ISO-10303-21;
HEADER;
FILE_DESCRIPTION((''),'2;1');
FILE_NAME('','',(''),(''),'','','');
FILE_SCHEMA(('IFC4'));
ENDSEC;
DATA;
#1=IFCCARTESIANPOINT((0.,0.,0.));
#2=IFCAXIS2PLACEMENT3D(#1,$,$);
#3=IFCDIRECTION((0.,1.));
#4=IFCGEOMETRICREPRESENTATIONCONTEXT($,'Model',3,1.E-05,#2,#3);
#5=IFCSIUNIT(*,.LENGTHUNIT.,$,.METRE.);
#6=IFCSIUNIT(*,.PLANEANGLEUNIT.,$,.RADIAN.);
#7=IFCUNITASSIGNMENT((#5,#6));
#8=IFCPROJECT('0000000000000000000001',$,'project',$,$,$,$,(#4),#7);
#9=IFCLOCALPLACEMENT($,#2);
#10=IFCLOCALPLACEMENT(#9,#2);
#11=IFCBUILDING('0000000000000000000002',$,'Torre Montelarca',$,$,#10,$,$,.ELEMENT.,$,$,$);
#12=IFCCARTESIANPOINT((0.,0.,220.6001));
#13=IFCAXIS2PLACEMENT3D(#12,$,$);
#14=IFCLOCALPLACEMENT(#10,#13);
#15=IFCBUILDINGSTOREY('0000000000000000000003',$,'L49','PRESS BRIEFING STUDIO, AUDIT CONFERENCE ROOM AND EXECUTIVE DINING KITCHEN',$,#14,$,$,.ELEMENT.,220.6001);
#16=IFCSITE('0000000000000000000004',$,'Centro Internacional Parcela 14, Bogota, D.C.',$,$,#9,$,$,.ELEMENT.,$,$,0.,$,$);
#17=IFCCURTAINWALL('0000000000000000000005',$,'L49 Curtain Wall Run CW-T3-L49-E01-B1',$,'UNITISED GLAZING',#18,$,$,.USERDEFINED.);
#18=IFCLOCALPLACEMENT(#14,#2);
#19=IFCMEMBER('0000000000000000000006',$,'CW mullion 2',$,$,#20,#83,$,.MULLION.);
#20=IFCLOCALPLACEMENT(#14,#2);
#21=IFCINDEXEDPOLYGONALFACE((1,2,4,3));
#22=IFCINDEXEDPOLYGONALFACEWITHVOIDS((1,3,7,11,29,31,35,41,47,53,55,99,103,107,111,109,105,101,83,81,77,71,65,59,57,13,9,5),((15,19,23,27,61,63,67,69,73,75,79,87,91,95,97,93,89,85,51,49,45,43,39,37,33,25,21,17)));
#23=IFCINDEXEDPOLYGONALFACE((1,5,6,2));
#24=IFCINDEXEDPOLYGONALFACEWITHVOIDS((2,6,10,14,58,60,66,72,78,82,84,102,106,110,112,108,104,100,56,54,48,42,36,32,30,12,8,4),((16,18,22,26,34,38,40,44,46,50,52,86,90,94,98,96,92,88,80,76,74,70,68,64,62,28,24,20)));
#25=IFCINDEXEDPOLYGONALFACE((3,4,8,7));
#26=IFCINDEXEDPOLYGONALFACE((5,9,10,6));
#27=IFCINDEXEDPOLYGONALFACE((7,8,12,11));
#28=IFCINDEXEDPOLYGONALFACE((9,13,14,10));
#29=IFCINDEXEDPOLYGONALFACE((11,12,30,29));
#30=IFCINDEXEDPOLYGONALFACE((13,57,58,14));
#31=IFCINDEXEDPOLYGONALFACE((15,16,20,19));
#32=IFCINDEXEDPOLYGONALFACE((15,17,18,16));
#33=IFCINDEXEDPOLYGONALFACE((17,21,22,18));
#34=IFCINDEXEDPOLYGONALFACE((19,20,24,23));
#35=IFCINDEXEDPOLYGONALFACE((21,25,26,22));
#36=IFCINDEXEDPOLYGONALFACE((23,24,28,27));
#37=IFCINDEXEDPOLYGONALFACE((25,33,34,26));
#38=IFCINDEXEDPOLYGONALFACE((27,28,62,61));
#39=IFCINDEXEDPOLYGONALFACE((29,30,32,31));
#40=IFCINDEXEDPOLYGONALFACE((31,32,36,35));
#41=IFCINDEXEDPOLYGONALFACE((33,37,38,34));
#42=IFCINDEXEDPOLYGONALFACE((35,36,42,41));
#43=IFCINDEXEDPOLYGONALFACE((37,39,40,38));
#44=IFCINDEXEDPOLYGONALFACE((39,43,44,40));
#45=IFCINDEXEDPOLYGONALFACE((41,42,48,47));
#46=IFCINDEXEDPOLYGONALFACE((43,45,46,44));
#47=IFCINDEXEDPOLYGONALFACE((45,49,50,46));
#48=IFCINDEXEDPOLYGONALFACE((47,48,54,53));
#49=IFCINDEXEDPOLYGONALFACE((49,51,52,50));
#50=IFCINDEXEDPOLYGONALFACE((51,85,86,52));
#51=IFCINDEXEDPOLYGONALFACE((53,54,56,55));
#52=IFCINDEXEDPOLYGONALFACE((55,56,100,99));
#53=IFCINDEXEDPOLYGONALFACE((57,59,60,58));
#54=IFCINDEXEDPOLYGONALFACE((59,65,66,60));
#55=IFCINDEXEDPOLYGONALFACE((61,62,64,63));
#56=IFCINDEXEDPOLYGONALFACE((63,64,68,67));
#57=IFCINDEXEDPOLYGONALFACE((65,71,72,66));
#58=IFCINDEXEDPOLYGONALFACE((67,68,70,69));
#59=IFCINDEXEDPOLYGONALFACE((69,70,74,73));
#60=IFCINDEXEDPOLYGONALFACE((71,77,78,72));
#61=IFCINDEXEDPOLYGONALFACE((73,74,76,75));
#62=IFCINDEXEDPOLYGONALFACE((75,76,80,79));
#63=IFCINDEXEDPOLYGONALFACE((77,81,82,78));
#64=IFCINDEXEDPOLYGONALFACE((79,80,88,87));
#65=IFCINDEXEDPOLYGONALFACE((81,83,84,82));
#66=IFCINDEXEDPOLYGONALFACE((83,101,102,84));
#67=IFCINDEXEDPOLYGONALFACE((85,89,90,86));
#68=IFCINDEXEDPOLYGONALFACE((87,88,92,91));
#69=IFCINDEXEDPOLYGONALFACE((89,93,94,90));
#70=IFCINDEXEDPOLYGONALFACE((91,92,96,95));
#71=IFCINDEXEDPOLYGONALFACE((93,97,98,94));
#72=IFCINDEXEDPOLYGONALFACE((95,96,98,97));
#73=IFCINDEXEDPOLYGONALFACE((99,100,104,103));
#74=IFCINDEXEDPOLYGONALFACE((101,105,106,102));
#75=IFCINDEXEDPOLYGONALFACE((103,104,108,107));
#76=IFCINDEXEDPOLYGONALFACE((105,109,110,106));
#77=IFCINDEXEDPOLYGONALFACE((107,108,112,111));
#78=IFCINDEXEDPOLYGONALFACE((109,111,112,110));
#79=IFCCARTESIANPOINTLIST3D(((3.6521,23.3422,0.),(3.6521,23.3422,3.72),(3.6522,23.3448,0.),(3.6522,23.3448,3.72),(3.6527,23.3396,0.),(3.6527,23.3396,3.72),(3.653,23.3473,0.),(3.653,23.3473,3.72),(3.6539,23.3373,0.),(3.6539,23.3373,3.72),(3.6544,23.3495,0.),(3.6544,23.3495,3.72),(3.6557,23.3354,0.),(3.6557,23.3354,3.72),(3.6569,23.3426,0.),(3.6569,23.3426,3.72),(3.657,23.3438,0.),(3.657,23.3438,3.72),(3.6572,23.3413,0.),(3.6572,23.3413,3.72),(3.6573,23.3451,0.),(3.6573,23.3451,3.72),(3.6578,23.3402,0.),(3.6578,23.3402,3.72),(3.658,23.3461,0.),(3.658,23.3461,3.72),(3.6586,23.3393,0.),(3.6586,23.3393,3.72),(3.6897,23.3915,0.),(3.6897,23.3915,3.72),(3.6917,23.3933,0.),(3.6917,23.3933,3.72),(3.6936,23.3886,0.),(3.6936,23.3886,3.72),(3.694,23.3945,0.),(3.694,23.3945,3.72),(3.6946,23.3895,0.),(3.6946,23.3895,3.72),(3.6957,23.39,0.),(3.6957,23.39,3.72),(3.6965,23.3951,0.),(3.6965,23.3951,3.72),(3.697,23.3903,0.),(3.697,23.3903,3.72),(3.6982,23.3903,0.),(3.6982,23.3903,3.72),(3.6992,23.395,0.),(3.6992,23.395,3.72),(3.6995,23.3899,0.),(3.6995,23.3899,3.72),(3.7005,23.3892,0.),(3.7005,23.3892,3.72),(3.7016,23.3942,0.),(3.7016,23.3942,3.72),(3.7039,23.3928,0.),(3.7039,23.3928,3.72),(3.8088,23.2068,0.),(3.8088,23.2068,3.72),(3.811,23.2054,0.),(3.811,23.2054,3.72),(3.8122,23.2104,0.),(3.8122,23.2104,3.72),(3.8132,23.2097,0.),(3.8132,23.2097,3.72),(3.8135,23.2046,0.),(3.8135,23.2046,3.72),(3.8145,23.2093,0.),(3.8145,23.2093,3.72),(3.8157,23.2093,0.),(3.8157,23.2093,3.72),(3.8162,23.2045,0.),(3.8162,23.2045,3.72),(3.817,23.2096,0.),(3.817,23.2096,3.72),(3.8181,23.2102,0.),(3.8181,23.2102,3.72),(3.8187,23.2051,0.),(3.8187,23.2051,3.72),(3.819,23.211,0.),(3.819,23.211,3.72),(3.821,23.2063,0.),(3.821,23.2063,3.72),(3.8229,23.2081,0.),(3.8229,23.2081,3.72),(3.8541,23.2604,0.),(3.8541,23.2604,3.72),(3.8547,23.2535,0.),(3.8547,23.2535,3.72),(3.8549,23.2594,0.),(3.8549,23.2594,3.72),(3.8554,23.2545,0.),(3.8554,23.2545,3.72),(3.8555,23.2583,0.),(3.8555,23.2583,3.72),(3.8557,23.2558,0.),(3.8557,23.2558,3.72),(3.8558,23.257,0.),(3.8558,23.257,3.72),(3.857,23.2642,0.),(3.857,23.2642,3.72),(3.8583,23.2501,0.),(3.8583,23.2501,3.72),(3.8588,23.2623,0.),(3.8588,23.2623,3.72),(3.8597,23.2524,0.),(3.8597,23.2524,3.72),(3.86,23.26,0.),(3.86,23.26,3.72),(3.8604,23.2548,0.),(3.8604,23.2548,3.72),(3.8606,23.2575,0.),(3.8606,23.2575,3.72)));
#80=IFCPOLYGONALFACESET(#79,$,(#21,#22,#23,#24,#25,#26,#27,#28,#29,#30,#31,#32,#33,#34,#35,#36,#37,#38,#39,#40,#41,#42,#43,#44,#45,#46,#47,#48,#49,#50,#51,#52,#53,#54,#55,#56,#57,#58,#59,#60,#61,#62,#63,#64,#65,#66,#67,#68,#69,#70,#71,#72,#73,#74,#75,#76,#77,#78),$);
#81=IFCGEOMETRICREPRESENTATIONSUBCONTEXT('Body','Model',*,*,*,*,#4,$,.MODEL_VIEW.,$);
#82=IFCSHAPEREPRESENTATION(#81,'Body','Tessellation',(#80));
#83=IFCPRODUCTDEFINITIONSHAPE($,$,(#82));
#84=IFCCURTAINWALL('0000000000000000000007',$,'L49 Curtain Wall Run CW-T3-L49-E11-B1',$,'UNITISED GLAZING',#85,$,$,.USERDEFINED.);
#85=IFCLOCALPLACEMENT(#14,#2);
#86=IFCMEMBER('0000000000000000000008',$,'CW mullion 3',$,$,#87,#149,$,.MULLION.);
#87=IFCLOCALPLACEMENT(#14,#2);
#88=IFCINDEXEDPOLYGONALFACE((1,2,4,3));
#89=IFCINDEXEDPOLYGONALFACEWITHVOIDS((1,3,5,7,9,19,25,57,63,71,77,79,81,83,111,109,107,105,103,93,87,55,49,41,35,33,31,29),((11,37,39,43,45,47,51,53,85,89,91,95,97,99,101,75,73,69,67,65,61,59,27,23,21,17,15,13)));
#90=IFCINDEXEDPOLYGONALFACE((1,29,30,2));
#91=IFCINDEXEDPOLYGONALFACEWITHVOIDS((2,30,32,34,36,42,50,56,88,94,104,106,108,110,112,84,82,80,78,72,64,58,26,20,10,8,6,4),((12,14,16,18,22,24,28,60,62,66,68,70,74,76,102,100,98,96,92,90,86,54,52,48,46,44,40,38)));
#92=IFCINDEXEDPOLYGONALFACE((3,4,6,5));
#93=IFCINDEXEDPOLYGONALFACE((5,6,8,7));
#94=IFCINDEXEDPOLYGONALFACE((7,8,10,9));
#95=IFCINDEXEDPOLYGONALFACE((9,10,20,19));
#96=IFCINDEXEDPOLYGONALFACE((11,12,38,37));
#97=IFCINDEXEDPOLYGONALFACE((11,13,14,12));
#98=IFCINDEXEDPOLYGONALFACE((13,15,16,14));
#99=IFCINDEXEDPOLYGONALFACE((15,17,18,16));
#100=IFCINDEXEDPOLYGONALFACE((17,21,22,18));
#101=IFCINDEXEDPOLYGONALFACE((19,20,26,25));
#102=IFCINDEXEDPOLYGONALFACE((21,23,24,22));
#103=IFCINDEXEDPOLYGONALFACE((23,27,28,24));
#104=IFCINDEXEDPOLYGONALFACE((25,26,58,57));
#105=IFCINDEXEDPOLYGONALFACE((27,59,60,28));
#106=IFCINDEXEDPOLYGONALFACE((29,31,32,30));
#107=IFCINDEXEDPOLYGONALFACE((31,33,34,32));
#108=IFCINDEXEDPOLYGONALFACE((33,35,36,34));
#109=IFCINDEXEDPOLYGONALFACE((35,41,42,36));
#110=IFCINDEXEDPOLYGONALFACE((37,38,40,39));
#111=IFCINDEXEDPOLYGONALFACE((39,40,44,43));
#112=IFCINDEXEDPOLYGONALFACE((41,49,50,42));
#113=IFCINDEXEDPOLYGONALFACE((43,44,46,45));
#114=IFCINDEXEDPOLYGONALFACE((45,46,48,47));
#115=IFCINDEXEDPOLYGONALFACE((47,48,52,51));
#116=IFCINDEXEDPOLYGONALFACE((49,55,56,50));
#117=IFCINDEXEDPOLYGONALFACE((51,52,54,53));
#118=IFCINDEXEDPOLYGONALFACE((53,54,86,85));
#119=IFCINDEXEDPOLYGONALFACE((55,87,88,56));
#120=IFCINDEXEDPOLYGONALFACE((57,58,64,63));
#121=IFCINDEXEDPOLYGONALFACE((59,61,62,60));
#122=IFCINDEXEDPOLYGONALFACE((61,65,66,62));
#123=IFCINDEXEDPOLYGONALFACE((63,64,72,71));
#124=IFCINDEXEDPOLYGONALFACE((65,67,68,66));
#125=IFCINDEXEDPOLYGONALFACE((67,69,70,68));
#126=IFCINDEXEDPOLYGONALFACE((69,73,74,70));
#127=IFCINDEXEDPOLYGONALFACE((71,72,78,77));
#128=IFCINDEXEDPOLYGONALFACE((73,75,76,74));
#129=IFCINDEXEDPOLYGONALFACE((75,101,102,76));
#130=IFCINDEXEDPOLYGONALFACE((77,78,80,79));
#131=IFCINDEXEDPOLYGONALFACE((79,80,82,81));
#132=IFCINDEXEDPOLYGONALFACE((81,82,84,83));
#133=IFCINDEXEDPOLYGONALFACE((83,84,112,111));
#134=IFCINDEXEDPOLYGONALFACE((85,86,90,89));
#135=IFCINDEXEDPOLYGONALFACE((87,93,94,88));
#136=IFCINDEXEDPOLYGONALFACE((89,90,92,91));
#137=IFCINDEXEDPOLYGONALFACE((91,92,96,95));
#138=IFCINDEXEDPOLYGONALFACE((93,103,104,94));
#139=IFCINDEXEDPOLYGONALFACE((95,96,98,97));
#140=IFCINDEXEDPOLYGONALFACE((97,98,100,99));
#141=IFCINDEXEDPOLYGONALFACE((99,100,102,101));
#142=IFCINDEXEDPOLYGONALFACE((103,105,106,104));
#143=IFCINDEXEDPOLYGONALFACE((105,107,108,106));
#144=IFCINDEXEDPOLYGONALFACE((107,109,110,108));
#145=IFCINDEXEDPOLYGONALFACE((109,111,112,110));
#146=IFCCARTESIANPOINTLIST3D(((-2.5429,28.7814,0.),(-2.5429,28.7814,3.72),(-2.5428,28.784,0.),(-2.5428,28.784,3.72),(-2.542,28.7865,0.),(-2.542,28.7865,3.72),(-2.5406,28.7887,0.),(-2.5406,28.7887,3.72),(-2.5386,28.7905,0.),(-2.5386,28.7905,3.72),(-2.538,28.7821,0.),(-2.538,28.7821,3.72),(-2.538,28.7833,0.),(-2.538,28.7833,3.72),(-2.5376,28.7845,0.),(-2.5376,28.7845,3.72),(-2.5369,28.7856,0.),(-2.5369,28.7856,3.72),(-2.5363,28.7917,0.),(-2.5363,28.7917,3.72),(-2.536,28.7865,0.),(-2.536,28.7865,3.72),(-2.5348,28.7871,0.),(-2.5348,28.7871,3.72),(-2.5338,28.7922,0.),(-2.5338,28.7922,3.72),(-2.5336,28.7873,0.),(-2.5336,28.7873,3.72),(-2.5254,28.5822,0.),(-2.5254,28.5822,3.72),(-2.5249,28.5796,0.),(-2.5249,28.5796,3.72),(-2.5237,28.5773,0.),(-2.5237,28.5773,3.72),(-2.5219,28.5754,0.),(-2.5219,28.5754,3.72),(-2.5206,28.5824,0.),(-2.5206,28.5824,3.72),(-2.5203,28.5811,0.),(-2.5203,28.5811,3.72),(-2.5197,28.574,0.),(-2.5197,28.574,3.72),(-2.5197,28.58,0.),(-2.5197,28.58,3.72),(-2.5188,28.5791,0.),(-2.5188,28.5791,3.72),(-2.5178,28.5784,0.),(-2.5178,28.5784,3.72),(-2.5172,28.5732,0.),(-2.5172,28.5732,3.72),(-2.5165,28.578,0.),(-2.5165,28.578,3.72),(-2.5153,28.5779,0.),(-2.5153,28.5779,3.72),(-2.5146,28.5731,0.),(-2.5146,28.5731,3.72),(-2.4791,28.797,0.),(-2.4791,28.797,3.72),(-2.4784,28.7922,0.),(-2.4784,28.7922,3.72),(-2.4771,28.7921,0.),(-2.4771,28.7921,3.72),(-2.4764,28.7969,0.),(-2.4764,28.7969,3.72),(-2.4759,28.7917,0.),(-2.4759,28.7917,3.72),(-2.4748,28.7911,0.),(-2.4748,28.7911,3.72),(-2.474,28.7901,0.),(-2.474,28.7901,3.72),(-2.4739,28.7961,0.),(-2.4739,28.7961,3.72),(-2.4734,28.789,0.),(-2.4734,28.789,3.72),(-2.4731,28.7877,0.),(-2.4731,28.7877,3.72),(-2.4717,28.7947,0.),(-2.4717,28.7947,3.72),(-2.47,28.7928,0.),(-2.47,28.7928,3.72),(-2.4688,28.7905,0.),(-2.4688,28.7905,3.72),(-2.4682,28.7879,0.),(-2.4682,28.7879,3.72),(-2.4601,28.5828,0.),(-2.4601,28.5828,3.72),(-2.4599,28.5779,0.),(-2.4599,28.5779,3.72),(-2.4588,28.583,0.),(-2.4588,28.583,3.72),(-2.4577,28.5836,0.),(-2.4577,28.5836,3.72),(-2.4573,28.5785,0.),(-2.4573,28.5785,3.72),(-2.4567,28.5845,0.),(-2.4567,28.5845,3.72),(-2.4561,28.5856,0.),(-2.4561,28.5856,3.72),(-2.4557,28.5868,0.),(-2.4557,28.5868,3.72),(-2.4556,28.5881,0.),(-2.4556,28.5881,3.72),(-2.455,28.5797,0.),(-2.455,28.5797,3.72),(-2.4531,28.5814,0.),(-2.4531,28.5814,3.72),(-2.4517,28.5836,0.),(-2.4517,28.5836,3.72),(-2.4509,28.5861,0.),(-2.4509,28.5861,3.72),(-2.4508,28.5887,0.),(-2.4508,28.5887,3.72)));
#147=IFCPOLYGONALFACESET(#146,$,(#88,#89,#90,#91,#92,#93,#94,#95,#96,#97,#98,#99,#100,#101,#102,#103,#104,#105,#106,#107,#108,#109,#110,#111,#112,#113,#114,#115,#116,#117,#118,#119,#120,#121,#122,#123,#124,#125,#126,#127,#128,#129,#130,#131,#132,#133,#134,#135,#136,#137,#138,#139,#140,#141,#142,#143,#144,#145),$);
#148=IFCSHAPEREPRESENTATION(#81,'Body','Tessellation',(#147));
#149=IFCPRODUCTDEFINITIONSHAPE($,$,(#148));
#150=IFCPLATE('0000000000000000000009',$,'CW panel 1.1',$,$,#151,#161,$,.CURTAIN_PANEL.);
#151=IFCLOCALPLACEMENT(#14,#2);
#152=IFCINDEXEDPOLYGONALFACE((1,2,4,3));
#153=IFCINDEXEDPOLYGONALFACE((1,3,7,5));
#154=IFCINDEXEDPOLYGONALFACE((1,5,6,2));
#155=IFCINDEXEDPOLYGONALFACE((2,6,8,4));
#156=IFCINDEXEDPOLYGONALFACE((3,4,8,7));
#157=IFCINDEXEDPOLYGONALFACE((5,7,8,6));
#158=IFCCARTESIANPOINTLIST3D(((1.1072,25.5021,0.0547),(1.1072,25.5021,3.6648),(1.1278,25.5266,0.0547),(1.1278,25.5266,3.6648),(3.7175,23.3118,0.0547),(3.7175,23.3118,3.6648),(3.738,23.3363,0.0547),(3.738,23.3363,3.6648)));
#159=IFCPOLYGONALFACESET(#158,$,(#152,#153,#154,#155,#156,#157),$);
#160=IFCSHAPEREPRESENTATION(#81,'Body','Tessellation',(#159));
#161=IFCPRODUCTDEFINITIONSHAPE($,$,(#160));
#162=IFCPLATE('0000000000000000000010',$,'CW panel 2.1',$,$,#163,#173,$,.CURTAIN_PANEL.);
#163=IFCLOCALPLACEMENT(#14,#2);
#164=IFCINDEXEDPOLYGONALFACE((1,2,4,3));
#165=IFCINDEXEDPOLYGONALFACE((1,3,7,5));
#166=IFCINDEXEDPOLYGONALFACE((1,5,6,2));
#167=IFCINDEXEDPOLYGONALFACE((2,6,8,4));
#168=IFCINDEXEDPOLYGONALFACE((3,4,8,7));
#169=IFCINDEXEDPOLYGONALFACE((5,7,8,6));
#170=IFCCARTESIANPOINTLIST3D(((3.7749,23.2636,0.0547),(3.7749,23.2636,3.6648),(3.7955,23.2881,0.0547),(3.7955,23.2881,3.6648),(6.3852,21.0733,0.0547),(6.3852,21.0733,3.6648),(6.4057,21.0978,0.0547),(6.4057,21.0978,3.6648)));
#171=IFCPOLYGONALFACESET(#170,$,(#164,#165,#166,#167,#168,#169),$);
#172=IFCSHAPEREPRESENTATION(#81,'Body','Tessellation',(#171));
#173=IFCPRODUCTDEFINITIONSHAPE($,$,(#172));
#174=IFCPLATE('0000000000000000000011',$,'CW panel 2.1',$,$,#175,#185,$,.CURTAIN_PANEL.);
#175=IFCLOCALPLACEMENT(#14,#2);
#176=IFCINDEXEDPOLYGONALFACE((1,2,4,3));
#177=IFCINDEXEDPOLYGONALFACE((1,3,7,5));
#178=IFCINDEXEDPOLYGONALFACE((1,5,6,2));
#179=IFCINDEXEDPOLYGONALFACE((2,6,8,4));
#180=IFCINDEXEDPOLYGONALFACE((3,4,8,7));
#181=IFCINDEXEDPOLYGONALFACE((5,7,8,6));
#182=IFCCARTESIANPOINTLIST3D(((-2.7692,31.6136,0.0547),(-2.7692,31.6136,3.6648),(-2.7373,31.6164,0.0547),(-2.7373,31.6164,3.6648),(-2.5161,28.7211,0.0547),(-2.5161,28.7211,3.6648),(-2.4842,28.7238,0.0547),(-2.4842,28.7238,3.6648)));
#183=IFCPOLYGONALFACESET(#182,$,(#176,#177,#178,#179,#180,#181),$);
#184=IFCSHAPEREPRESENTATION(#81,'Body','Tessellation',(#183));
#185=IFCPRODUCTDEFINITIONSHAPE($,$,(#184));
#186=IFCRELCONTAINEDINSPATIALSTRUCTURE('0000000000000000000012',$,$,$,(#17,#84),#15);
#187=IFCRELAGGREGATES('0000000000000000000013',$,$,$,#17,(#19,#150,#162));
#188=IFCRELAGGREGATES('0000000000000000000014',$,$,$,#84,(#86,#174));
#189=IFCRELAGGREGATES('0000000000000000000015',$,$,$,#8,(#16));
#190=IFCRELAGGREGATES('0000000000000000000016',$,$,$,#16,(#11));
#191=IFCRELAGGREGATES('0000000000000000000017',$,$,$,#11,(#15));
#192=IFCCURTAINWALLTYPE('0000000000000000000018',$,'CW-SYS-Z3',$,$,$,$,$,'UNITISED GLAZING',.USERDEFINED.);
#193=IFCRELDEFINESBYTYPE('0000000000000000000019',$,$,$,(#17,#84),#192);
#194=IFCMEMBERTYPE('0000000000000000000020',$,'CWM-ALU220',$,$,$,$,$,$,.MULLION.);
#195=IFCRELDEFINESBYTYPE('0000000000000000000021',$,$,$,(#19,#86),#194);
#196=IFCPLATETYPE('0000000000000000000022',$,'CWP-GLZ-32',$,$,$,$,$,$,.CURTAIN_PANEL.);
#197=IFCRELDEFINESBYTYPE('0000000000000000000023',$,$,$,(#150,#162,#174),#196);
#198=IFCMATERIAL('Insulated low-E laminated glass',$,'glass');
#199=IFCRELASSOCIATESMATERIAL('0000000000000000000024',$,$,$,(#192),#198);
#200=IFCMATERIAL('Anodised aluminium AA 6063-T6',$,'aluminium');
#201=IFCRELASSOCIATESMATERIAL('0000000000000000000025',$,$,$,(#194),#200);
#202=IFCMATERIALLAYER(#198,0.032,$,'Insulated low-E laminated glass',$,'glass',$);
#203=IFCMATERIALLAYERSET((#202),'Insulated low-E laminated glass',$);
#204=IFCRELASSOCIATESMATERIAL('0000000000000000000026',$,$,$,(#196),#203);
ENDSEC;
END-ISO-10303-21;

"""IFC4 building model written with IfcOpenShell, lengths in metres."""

from ifc_helpers import new_model, si_unit, direction, frame, origin, origin_2d, place, context, subcontext, project, spatial, rectangle, hollow_rectangle, extrude, source, transform, mapped, material, layer, layer_set, material_profile, profile_set, type_object, element, aggregate, save


model = new_model("IFC4")

# Units and contexts
model_context = context("Model", 3, precision=1e-05, world=origin(), true_north=direction((0.0, 1.0)))
body_context = subcontext(model_context, "Body", "Model", "MODEL_VIEW")
ifc_project = project(units=[si_unit("LENGTHUNIT", "METRE"), si_unit("PLANEANGLEUNIT", "RADIAN")], contexts=[model_context])

# Site, building, storey
site_placement = place(None, origin())
site = spatial("IfcSite", under=ifc_project, at=site_placement, Name="Centro Internacional Parcela 14, Bogota, D.C.", CompositionType="ELEMENT", RefElevation=0.0)
building_placement = place(site_placement, origin())
building = spatial("IfcBuilding", under=site, at=building_placement, Name="Torre Montelarca", CompositionType="ELEMENT")
storey_placement = place(building_placement, frame((0.0, 0.0, 220.6001)))
storey = spatial("IfcBuildingStorey", under=building, at=storey_placement, Name="L49", Description="PRESS BRIEFING STUDIO, AUDIT CONFERENCE ROOM AND EXECUTIVE DINING KITCHEN", CompositionType="ELEMENT", Elevation=220.6001)

# Curtain wall, member
ifc_material_1 = material(Name="Insulated low-E laminated glass", Category="glass")
curtain_wall_type = type_object("IfcCurtainWallType", Name="CW-SYS-Z3", ElementType="UNITISED GLAZING", PredefinedType="USERDEFINED", material=ifc_material_1)
curtain_wall_1_placement = place(storey_placement, origin())
curtain_wall_1 = element("IfcCurtainWall", 1, at=curtain_wall_1_placement, inside=storey, type_object=curtain_wall_type, Name="L49 Curtain Wall Run CW-T3-L49-E01-B1", ObjectType="UNITISED GLAZING", PredefinedType="USERDEFINED")
ifc_material_2 = material(Name="Anodised aluminium AA 6063-T6", Category="aluminium")
ifc_material_profile_1 = material_profile(ifc_material_2, hollow_rectangle(XDim=0.075, YDim=0.22, WallThickness=0.0049, InnerFilletRadius=0.0049, OuterFilletRadius=0.01, at=origin_2d()), Name="ALU75X220X5", Category="aluminium")
ifc_profile_set_1 = profile_set([ifc_material_profile_1], Name="Anodised aluminium AA 6063-T6")
member_type_1 = type_object("IfcMemberType", Name="CWM-ALU220", PredefinedType="MULLION", material=ifc_profile_set_1)
shared_shape_1 = source(origin(), body_context, "Body", "SweptSolid", [
    extrude(hollow_rectangle(XDim=0.075, YDim=0.22, WallThickness=0.0049, InnerFilletRadius=0.0049, OuterFilletRadius=0.01, at=origin_2d()), origin(), (0.0, 0.0, 1.0), 3.72),
])
member_1_placement = place(storey_placement, frame((3.7563, 23.2998, 0.0), z_axis=(0.0, 0.0, 1.0), x_axis=(0.642789, 0.766043, 0.0)))
member_1 = element("IfcMember", 2, at=member_1_placement, type_object=member_type_1, Name="CW mullion 2", PredefinedType="MULLION", context=body_context, shape_type="MappedRepresentation", body=[
    mapped(shared_shape_1, transform((0.0, 0.0, 0.0), scale=1.0)),
])

# Curtain wall, member
curtain_wall_2_placement = place(storey_placement, origin())
curtain_wall_2 = element("IfcCurtainWall", 3, at=curtain_wall_2_placement, inside=storey, type_object=curtain_wall_type, Name="L49 Curtain Wall Run CW-T3-L49-E11-B1", ObjectType="UNITISED GLAZING", PredefinedType="USERDEFINED")
member_2_placement = place(storey_placement, frame((-2.4968, 28.6851, 0.0), z_axis=(0.0, 0.0, 1.0), x_axis=(0.996194, 0.087166, 0.0)))
member_2 = element("IfcMember", 4, at=member_2_placement, type_object=member_type_1, Name="CW mullion 3", PredefinedType="MULLION", context=body_context, shape_type="MappedRepresentation", body=[
    mapped(shared_shape_1, transform((0.0, 0.0, 0.0), scale=1.0)),
])

# Plates
ifc_layer_1 = layer(ifc_material_1, 0.032, Name="Insulated low-E laminated glass", Category="glass")
ifc_layer_set_1 = layer_set([ifc_layer_1], Name="Insulated low-E laminated glass")
plate_type = type_object("IfcPlateType", Name="CWP-GLZ-32", PredefinedType="CURTAIN_PANEL", material=ifc_layer_set_1)
shared_shape_2 = source(origin(), body_context, "Body", "SweptSolid", [
    extrude(rectangle(XDim=3.4075, YDim=0.032, at=origin_2d()), origin(), (0.0, 0.0, 1.0), 3.6101),
])
plate_1_placement = place(storey_placement, frame((2.4226, 24.4192, 0.0547), z_axis=(0.0, 0.0, 1.0), x_axis=(0.766043, -0.642789, 0.0)))
plate_1 = element("IfcPlate", 5, at=plate_1_placement, type_object=plate_type, Name="CW panel 1.1", PredefinedType="CURTAIN_PANEL", context=body_context, shape_type="MappedRepresentation", body=[
    mapped(shared_shape_2, transform((0.0, 0.0, 0.0), scale=1.0)),
])
plate_2_placement = place(storey_placement, frame((5.0903, 22.1807, 0.0547), z_axis=(0.0, 0.0, 1.0), x_axis=(0.766043, -0.642789, 0.0)))
plate_2 = element("IfcPlate", 6, at=plate_2_placement, type_object=plate_type, Name="CW panel 2.1", PredefinedType="CURTAIN_PANEL", context=body_context, shape_type="MappedRepresentation", body=[
    mapped(shared_shape_2, transform((0.0, 0.0, 0.0), scale=1.0)),
])
aggregate(curtain_wall_1, [member_1, plate_1, plate_2])
shared_shape_3 = source(origin(), body_context, "Body", "SweptSolid", [
    extrude(rectangle(XDim=2.9036, YDim=0.032, at=origin_2d()), origin(), (0.0, 0.0, 1.0), 3.6101),
])
plate_3_placement = place(storey_placement, frame((-2.6267, 30.1687, 0.0547), z_axis=(0.0, 0.0, 1.0), x_axis=(0.087166, -0.996194, 0.0)))
plate_3 = element("IfcPlate", 7, at=plate_3_placement, type_object=plate_type, Name="CW panel 2.1", PredefinedType="CURTAIN_PANEL", context=body_context, shape_type="MappedRepresentation", body=[
    mapped(shared_shape_3, transform((0.0, 0.0, 0.0), scale=1.0)),
])
aggregate(curtain_wall_2, [member_2, plate_3])

save(model, "model.ifc")
